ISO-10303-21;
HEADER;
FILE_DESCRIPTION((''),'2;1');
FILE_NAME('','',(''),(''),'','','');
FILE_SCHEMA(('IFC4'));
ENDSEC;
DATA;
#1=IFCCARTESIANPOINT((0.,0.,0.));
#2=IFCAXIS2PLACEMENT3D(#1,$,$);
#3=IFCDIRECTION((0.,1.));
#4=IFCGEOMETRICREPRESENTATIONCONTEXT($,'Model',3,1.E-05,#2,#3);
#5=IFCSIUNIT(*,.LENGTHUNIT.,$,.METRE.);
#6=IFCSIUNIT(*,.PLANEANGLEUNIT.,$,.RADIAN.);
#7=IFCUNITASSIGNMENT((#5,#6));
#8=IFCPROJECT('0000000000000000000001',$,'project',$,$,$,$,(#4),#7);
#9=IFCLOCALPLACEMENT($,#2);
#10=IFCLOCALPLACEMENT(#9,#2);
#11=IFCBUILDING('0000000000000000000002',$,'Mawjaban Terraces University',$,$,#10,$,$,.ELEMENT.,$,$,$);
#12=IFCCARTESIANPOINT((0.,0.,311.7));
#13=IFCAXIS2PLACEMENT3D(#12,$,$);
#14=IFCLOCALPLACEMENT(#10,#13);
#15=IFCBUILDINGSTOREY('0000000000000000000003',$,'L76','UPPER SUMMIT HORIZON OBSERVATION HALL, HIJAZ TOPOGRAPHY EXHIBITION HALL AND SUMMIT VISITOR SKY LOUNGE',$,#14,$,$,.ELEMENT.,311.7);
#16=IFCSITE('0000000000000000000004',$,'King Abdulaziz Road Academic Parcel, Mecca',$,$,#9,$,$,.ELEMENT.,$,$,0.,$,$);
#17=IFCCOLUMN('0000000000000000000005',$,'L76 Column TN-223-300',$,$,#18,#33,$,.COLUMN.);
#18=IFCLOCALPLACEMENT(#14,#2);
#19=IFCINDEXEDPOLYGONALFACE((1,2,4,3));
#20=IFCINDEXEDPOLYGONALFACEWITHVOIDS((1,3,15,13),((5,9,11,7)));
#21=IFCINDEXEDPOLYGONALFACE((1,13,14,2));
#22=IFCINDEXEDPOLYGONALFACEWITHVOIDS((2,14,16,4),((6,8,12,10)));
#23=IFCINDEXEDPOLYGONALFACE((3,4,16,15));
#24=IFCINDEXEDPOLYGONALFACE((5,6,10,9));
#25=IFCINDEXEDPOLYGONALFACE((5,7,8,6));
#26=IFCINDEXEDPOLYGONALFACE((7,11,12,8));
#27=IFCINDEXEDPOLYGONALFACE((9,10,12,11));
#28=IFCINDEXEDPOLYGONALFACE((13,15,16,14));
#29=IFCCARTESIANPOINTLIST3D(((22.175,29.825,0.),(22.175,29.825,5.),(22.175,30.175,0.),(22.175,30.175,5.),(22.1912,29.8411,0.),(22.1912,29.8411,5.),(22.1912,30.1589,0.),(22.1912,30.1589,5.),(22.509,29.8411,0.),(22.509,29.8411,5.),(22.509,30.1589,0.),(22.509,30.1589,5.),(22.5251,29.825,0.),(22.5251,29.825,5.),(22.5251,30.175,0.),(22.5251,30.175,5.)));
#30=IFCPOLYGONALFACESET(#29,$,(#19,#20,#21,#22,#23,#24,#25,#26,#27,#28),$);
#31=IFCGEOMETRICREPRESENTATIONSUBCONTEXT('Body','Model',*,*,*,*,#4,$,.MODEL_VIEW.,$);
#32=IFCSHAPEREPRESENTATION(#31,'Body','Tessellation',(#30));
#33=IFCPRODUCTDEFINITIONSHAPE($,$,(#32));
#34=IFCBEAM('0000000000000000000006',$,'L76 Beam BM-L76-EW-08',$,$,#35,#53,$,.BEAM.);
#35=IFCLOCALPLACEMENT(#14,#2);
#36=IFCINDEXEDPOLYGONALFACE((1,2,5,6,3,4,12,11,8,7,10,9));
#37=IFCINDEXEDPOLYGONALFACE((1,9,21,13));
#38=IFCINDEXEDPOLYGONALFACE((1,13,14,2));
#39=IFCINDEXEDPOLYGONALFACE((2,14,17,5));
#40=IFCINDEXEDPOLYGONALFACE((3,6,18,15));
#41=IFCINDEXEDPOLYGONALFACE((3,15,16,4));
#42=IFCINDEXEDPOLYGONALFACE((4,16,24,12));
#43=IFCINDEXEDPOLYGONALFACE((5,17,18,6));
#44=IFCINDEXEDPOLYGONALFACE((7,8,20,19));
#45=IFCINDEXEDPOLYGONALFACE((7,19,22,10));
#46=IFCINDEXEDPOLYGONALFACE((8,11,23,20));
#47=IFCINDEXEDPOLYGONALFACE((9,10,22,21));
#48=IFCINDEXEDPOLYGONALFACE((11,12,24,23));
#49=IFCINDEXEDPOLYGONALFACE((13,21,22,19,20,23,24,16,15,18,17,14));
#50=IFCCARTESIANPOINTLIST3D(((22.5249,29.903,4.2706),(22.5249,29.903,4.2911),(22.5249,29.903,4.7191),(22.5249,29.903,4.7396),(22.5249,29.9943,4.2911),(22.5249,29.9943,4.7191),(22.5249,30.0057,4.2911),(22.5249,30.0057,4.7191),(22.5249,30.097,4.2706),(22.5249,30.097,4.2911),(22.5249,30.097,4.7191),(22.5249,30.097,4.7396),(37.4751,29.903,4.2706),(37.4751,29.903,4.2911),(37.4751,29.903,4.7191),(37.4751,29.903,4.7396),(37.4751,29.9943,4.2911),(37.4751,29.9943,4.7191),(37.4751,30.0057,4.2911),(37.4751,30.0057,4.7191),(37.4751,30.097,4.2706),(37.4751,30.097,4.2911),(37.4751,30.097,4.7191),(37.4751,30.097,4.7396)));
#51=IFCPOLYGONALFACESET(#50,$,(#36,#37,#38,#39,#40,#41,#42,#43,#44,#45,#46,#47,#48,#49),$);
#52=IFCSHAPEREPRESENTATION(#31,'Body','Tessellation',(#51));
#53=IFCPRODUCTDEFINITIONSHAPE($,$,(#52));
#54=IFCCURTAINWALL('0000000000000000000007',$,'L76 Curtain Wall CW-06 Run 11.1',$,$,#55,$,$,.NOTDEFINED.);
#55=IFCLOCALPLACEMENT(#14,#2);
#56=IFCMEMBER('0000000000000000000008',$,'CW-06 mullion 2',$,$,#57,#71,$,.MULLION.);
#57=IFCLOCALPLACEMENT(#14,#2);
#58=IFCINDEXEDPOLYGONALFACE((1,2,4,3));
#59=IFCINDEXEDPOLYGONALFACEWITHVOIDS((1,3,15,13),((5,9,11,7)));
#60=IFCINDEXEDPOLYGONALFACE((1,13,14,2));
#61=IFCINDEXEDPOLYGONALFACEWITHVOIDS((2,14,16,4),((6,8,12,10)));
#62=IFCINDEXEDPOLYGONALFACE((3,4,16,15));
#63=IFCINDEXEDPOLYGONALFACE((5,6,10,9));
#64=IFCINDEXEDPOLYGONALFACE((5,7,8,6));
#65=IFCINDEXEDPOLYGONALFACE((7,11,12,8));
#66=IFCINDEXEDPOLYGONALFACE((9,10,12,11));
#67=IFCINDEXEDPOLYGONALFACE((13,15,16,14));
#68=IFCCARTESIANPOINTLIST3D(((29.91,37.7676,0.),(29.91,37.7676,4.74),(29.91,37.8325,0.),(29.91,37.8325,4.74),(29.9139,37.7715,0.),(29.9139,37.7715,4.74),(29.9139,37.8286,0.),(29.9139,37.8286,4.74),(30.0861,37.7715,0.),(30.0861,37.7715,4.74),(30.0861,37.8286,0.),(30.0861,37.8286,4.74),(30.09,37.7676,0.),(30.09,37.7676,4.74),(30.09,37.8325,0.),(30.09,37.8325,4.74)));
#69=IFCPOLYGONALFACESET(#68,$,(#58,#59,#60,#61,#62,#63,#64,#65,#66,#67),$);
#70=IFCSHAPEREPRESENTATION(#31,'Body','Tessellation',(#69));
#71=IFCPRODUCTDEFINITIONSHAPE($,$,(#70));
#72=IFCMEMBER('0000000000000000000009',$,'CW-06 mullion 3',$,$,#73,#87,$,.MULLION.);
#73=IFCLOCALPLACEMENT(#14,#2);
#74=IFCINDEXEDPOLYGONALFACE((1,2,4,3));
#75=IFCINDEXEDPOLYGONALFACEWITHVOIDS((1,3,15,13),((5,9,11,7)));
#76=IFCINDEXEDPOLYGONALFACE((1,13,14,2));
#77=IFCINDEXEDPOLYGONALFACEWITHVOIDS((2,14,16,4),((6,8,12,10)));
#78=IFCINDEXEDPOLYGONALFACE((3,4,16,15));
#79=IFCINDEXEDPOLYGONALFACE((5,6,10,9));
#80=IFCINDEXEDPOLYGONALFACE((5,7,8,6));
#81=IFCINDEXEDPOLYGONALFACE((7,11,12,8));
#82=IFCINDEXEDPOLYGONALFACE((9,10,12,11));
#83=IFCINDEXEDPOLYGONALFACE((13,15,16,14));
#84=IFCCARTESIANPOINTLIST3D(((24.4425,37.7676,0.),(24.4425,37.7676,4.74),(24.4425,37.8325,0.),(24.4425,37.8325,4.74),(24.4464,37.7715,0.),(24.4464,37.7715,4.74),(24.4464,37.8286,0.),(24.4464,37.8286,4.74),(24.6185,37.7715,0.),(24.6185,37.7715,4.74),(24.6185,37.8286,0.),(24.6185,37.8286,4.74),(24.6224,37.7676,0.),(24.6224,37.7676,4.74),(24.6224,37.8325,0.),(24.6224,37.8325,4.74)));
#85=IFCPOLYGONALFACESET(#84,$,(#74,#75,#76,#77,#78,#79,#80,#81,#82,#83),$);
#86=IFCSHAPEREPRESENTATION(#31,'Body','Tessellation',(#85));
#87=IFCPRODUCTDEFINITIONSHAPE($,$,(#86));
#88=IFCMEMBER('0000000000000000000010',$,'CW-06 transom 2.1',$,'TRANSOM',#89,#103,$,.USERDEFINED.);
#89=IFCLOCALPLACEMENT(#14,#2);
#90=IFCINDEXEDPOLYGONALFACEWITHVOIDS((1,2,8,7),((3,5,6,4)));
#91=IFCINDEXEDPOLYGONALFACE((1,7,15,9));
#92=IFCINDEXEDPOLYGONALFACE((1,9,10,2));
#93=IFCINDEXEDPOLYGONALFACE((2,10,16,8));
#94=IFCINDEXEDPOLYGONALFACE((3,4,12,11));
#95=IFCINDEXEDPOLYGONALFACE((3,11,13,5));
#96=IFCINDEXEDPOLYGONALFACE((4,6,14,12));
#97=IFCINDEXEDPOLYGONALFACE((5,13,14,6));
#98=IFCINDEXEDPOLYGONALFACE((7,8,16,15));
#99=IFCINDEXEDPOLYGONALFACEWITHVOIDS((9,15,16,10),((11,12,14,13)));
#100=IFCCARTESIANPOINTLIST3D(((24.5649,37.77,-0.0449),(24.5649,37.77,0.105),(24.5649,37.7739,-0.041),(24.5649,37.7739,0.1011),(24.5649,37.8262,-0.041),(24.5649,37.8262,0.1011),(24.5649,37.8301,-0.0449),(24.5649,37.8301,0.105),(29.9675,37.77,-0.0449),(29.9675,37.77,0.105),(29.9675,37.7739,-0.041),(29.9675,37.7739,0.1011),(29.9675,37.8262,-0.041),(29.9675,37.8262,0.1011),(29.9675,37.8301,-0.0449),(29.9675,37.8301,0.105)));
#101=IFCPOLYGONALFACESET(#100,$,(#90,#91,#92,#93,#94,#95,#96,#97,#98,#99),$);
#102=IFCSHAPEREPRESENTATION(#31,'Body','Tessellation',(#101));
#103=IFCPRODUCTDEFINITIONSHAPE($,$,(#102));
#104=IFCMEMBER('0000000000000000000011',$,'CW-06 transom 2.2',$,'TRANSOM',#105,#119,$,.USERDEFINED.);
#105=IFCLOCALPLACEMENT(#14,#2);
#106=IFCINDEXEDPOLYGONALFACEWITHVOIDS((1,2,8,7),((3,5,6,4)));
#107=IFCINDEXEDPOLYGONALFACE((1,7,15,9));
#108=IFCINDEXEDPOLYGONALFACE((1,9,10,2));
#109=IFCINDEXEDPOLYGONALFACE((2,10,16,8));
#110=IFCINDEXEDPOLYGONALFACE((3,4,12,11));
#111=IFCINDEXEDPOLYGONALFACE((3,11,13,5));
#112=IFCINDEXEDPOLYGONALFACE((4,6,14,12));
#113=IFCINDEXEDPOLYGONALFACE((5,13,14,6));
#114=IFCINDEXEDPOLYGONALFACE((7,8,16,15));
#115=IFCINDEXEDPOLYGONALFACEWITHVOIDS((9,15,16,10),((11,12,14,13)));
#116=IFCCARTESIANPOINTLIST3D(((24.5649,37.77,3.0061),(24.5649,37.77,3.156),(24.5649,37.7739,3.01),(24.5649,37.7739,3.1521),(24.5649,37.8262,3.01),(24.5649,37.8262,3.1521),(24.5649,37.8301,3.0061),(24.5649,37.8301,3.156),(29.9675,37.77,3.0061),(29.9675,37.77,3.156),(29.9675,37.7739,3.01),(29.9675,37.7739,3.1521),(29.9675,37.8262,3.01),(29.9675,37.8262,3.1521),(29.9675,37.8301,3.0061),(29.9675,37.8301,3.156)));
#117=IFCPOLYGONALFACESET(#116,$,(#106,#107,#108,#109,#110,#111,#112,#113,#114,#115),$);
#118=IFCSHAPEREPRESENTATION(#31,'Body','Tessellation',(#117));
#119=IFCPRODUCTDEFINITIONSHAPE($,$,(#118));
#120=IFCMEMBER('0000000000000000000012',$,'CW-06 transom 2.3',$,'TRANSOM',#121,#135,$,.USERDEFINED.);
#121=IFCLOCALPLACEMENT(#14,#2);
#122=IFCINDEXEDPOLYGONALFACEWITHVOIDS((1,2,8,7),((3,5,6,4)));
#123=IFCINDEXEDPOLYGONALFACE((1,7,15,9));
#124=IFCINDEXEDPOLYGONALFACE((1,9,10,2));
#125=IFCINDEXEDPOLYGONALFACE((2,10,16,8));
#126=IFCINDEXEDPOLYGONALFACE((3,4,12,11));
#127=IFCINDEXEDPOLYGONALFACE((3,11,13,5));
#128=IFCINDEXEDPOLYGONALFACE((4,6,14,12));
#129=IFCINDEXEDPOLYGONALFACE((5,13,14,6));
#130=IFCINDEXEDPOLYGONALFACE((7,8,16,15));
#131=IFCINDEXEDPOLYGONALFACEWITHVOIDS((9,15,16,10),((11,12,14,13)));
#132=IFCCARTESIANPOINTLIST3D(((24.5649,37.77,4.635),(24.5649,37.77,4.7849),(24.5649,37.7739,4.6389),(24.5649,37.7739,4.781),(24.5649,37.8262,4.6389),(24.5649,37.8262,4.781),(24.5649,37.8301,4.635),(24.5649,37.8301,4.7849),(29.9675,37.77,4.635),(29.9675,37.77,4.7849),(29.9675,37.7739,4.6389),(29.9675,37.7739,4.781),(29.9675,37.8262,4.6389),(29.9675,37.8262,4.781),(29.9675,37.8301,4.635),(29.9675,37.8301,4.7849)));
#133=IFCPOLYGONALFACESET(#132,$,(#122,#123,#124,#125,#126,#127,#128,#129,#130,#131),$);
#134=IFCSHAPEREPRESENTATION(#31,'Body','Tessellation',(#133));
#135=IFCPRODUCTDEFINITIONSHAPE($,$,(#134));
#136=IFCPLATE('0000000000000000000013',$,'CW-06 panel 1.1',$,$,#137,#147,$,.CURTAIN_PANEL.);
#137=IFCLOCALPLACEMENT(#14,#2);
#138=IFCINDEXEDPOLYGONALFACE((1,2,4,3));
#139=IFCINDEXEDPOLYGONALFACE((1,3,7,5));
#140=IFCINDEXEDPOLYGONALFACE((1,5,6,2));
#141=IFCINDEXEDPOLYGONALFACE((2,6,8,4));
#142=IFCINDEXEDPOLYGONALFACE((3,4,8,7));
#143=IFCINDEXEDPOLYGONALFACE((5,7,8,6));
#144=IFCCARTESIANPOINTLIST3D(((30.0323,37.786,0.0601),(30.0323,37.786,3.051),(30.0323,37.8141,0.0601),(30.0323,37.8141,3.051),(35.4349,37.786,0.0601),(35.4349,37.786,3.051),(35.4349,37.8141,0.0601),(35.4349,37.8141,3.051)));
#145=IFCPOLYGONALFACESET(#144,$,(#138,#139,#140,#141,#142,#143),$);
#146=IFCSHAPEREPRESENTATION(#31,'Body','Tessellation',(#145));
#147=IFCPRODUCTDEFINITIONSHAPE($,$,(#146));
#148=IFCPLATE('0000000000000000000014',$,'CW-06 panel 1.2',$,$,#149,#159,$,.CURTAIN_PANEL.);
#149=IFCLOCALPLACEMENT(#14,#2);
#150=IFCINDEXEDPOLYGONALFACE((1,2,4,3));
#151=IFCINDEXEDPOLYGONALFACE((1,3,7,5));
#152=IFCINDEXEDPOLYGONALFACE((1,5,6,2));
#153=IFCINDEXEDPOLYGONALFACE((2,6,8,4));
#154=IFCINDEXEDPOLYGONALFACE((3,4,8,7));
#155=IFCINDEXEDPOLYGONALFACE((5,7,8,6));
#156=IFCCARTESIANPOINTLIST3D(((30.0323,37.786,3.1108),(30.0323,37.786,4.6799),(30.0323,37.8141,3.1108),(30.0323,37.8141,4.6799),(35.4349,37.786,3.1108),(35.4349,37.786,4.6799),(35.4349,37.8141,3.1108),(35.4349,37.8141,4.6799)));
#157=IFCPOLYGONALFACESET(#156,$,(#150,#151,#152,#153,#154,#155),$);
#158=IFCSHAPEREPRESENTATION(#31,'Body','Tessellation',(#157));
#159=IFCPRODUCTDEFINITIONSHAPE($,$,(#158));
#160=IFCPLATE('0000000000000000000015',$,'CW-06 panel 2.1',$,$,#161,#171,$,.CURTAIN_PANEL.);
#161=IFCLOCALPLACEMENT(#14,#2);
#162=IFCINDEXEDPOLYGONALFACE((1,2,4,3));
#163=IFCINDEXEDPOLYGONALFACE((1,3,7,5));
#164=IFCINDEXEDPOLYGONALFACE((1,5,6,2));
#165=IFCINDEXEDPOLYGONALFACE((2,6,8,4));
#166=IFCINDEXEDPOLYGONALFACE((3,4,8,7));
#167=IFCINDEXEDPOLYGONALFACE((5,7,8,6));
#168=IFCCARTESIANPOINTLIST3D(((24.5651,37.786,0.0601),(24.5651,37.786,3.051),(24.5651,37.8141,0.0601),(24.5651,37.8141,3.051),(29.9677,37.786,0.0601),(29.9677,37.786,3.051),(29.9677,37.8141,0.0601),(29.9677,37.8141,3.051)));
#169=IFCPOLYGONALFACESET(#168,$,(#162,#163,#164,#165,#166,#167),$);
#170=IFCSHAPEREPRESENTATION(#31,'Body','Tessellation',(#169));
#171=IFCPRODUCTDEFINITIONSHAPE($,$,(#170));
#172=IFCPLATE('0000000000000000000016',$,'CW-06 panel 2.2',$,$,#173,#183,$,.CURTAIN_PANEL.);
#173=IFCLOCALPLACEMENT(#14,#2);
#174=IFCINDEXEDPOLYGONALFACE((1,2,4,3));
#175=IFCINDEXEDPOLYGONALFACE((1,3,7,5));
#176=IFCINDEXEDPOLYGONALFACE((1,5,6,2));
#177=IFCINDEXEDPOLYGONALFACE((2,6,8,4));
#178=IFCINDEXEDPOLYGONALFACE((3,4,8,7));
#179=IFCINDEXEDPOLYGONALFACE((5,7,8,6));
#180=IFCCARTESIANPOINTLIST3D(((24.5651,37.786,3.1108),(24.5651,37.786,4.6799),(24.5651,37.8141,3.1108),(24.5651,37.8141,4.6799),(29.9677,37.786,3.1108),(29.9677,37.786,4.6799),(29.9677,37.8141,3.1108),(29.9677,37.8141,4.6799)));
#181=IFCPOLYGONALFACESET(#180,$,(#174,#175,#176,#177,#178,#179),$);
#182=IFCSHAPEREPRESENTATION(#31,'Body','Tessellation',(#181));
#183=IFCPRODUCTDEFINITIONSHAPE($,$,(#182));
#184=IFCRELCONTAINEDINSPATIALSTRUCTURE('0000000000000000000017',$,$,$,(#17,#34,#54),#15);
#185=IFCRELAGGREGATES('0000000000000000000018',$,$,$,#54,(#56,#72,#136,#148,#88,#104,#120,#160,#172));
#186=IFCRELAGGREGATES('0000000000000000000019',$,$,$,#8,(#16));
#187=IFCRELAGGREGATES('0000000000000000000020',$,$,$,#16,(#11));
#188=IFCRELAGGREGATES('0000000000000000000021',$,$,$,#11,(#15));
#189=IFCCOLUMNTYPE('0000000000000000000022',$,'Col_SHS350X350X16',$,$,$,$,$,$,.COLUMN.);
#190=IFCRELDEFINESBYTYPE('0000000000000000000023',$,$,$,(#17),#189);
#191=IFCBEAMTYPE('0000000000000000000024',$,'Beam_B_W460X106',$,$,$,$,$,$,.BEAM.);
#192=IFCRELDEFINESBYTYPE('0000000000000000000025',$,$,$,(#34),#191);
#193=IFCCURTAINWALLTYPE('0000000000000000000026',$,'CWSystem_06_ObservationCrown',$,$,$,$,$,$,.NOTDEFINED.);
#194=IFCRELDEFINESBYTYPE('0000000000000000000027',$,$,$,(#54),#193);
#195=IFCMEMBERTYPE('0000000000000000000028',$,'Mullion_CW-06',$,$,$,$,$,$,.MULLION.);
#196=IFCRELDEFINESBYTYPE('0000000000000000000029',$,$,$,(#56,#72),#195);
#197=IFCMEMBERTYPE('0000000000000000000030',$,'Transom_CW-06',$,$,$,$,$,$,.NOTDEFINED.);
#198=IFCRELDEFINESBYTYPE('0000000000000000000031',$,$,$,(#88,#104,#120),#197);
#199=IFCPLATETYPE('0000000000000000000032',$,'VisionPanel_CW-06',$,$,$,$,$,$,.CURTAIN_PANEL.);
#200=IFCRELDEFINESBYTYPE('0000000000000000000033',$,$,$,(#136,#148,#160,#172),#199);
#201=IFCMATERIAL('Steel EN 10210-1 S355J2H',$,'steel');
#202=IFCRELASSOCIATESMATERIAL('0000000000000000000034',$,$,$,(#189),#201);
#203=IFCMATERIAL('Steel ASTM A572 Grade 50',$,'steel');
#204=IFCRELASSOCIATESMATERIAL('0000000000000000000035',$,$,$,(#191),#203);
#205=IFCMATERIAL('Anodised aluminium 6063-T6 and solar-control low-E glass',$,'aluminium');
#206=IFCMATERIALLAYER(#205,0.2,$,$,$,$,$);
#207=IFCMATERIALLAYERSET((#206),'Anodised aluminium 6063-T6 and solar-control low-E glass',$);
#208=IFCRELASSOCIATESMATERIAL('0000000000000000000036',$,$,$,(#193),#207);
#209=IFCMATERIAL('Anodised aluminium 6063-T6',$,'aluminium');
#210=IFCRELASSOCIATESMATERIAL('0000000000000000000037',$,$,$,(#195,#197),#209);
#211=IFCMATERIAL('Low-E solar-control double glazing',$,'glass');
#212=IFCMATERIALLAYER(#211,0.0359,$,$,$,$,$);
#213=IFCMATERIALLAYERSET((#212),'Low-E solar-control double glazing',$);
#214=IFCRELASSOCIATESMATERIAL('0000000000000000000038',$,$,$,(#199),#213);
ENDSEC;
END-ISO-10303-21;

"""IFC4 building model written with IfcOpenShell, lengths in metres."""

from ifc_helpers import new_model, si_unit, direction, frame, origin, origin_2d, place, context, subcontext, project, spatial, rectangle, hollow_rectangle, i_section, extrude, material, layer, layer_set, material_profile, profile_set, type_object, element, aggregate, save


model = new_model("IFC4")

# Units and contexts
model_context = context("Model", 3, precision=1e-05, world=origin(), true_north=direction((0.0, 1.0)))
body_context = subcontext(model_context, "Body", "Model", "MODEL_VIEW")
ifc_project = project(units=[si_unit("LENGTHUNIT", "METRE"), si_unit("PLANEANGLEUNIT", "RADIAN")], contexts=[model_context])

# Site, building, storey
site_placement = place(None, origin())
site = spatial("IfcSite", under=ifc_project, at=site_placement, Name="King Abdulaziz Road Academic Parcel, Mecca", CompositionType="ELEMENT", RefElevation=0.0)
building_placement = place(site_placement, origin())
building = spatial("IfcBuilding", under=site, at=building_placement, Name="Mawjaban Terraces University", CompositionType="ELEMENT")
storey_placement = place(building_placement, frame((0.0, 0.0, 311.7)))
storey = spatial("IfcBuildingStorey", under=building, at=storey_placement, Name="L76", Description="UPPER SUMMIT HORIZON OBSERVATION HALL, HIJAZ TOPOGRAPHY EXHIBITION HALL AND SUMMIT VISITOR SKY LOUNGE", CompositionType="ELEMENT", Elevation=311.7)

# Column
ifc_material_1 = material(Name="Steel EN 10210-1 S355J2H", Category="steel")
ifc_material_profile_1 = material_profile(ifc_material_1, hollow_rectangle(XDim=0.3501, YDim=0.3501, WallThickness=0.0161, at=origin_2d()), Name="SHS350X350X16")
ifc_profile_set_1 = profile_set([ifc_material_profile_1], Name="Steel EN 10210-1 S355J2H")
column_type = type_object("IfcColumnType", Name="Col_SHS350X350X16", PredefinedType="COLUMN", material=ifc_profile_set_1)
column_placement = place(storey_placement, frame((22.3501, 30.0, 0.0), z_axis=(0.0, 0.0, 1.0), x_axis=(1.0, 0.0, 0.0)))
element("IfcColumn", 1, at=column_placement, inside=storey, type_object=column_type, Name="L76 Column TN-223-300", PredefinedType="COLUMN", context=body_context, shape_type="SweptSolid", body=[
    extrude(hollow_rectangle(XDim=0.3501, YDim=0.3501, WallThickness=0.0161, at=origin_2d()), origin(), (0.0, 0.0, 1.0), 5.0),
])

# Beam
ifc_material_2 = material(Name="Steel ASTM A572 Grade 50", Category="steel")
ifc_material_profile_2 = material_profile(ifc_material_2, i_section(OverallWidth=0.1941, OverallDepth=0.469, WebThickness=0.0115, FlangeThickness=0.0205, at=origin_2d()), Name="W460X106")
ifc_profile_set_2 = profile_set([ifc_material_profile_2], Name="Steel ASTM A572 Grade 50")
beam_type = type_object("IfcBeamType", Name="Beam_B_W460X106", PredefinedType="BEAM", material=ifc_profile_set_2)
beam_placement = place(storey_placement, frame((22.5249, 30.0, 4.5051), z_axis=(1.0, 0.0, 0.0), x_axis=(0.0, 1.0, 0.0)))
element("IfcBeam", 2, at=beam_placement, inside=storey, type_object=beam_type, Name="L76 Beam BM-L76-EW-08", PredefinedType="BEAM", context=body_context, shape_type="SweptSolid", body=[
    extrude(i_section(OverallWidth=0.1941, OverallDepth=0.469, WebThickness=0.0115, FlangeThickness=0.0205, at=origin_2d()), origin(), (0.0, 0.0, 1.0), 14.9502),
])

# Curtain wall, members, plates
ifc_material_3 = material(Name="Anodised aluminium 6063-T6 and solar-control low-E glass", Category="aluminium")
ifc_layer_1 = layer(ifc_material_3, 0.2)
ifc_layer_set_1 = layer_set([ifc_layer_1], Name="Anodised aluminium 6063-T6 and solar-control low-E glass")
curtain_wall_type = type_object("IfcCurtainWallType", Name="CWSystem_06_ObservationCrown", PredefinedType="NOTDEFINED", material=ifc_layer_set_1)
curtain_wall_placement = place(storey_placement, origin())
curtain_wall = element("IfcCurtainWall", 3, at=curtain_wall_placement, inside=storey, type_object=curtain_wall_type, Name="L76 Curtain Wall CW-06 Run 11.1", PredefinedType="NOTDEFINED")
ifc_material_4 = material(Name="Anodised aluminium 6063-T6", Category="aluminium")
ifc_material_profile_3 = material_profile(ifc_material_4, hollow_rectangle(XDim=0.0649, YDim=0.1799, WallThickness=0.0039, at=origin_2d()), Name="ALU180X65X4")
ifc_profile_set_3 = profile_set([ifc_material_profile_3], Name="Anodised aluminium 6063-T6")
member_type_1 = type_object("IfcMemberType", Name="Mullion_CW-06", PredefinedType="MULLION", material=ifc_profile_set_3)
member_1_placement = place(storey_placement, frame((30.0, 37.8, 0.0), z_axis=(0.0, 0.0, 1.0), x_axis=(0.0, -1.0, 0.0)))
member_1 = element("IfcMember", 4, at=member_1_placement, type_object=member_type_1, Name="CW-06 mullion 2", PredefinedType="MULLION", context=body_context, shape_type="SweptSolid", body=[
    extrude(hollow_rectangle(XDim=0.0649, YDim=0.1799, WallThickness=0.0039, at=origin_2d()), origin(), (0.0, 0.0, 1.0), 4.74),
])
member_2_placement = place(storey_placement, frame((24.5325, 37.8, 0.0), z_axis=(0.0, 0.0, 1.0), x_axis=(0.0, -1.0, 0.0)))
member_2 = element("IfcMember", 5, at=member_2_placement, type_object=member_type_1, Name="CW-06 mullion 3", PredefinedType="MULLION", context=body_context, shape_type="SweptSolid", body=[
    extrude(hollow_rectangle(XDim=0.0649, YDim=0.1799, WallThickness=0.0039, at=origin_2d()), origin(), (0.0, 0.0, 1.0), 4.74),
])
ifc_material_profile_4 = material_profile(ifc_material_4, hollow_rectangle(XDim=0.0601, YDim=0.1499, WallThickness=0.0039, at=origin_2d()), Name="ALU150X60X4")
ifc_profile_set_4 = profile_set([ifc_material_profile_4], Name="Anodised aluminium 6063-T6")
member_type_2 = type_object("IfcMemberType", Name="Transom_CW-06", PredefinedType="NOTDEFINED", material=ifc_profile_set_4)
member_3_placement = place(storey_placement, frame((29.9675, 37.8, 0.03), z_axis=(-1.0, 0.0, 0.0), x_axis=(0.0, -1.0, 0.0)))
member_3 = element("IfcMember", 6, at=member_3_placement, type_object=member_type_2, Name="CW-06 transom 2.1", ObjectType="TRANSOM", PredefinedType="USERDEFINED", context=body_context, shape_type="SweptSolid", body=[
    extrude(hollow_rectangle(XDim=0.0601, YDim=0.1499, WallThickness=0.0039, at=origin_2d()), origin(), (0.0, 0.0, 1.0), 5.4026),
])
member_4_placement = place(storey_placement, frame((29.9675, 37.8, 3.0811), z_axis=(-1.0, 0.0, 0.0), x_axis=(0.0, -1.0, 0.0)))
member_4 = element("IfcMember", 7, at=member_4_placement, type_object=member_type_2, Name="CW-06 transom 2.2", ObjectType="TRANSOM", PredefinedType="USERDEFINED", context=body_context, shape_type="SweptSolid", body=[
    extrude(hollow_rectangle(XDim=0.0601, YDim=0.1499, WallThickness=0.0039, at=origin_2d()), origin(), (0.0, 0.0, 1.0), 5.4026),
])
member_5_placement = place(storey_placement, frame((29.9675, 37.8, 4.71), z_axis=(-1.0, 0.0, 0.0), x_axis=(0.0, -1.0, 0.0)))
member_5 = element("IfcMember", 8, at=member_5_placement, type_object=member_type_2, Name="CW-06 transom 2.3", ObjectType="TRANSOM", PredefinedType="USERDEFINED", context=body_context, shape_type="SweptSolid", body=[
    extrude(hollow_rectangle(XDim=0.0601, YDim=0.1499, WallThickness=0.0039, at=origin_2d()), origin(), (0.0, 0.0, 1.0), 5.4026),
])
ifc_material_5 = material(Name="Low-E solar-control double glazing", Category="glass")
ifc_layer_2 = layer(ifc_material_5, 0.0359)
ifc_layer_set_2 = layer_set([ifc_layer_2], Name="Low-E solar-control double glazing")
plate_type = type_object("IfcPlateType", Name="VisionPanel_CW-06", PredefinedType="CURTAIN_PANEL", material=ifc_layer_set_2)
plate_1_placement = place(storey_placement, frame((32.7336, 37.8, 0.0601), z_axis=(0.0, 0.0, 1.0), x_axis=(-1.0, 0.0, 0.0)))
plate_1 = element("IfcPlate", 9, at=plate_1_placement, type_object=plate_type, Name="CW-06 panel 1.1", PredefinedType="CURTAIN_PANEL", context=body_context, shape_type="SweptSolid", body=[
    extrude(rectangle(XDim=5.4026, YDim=0.0281, at=origin_2d()), origin(), (0.0, 0.0, 1.0), 2.991),
])
plate_2_placement = place(storey_placement, frame((32.7336, 37.8, 3.1108), z_axis=(0.0, 0.0, 1.0), x_axis=(-1.0, 0.0, 0.0)))
plate_2 = element("IfcPlate", 10, at=plate_2_placement, type_object=plate_type, Name="CW-06 panel 1.2", PredefinedType="CURTAIN_PANEL", context=body_context, shape_type="SweptSolid", body=[
    extrude(rectangle(XDim=5.4026, YDim=0.0281, at=origin_2d()), origin(), (0.0, 0.0, 1.0), 1.5691),
])
plate_3_placement = place(storey_placement, frame((27.2664, 37.8, 0.0601), z_axis=(0.0, 0.0, 1.0), x_axis=(-1.0, 0.0, 0.0)))
plate_3 = element("IfcPlate", 11, at=plate_3_placement, type_object=plate_type, Name="CW-06 panel 2.1", PredefinedType="CURTAIN_PANEL", context=body_context, shape_type="SweptSolid", body=[
    extrude(rectangle(XDim=5.4026, YDim=0.0281, at=origin_2d()), origin(), (0.0, 0.0, 1.0), 2.991),
])
plate_4_placement = place(storey_placement, frame((27.2664, 37.8, 3.1108), z_axis=(0.0, 0.0, 1.0), x_axis=(-1.0, 0.0, 0.0)))
plate_4 = element("IfcPlate", 12, at=plate_4_placement, type_object=plate_type, Name="CW-06 panel 2.2", PredefinedType="CURTAIN_PANEL", context=body_context, shape_type="SweptSolid", body=[
    extrude(rectangle(XDim=5.4026, YDim=0.0281, at=origin_2d()), origin(), (0.0, 0.0, 1.0), 1.5691),
])
aggregate(curtain_wall, [member_1, member_2, plate_1, plate_2, member_3, member_4, member_5, plate_3, plate_4])

save(model, "model.ifc")
